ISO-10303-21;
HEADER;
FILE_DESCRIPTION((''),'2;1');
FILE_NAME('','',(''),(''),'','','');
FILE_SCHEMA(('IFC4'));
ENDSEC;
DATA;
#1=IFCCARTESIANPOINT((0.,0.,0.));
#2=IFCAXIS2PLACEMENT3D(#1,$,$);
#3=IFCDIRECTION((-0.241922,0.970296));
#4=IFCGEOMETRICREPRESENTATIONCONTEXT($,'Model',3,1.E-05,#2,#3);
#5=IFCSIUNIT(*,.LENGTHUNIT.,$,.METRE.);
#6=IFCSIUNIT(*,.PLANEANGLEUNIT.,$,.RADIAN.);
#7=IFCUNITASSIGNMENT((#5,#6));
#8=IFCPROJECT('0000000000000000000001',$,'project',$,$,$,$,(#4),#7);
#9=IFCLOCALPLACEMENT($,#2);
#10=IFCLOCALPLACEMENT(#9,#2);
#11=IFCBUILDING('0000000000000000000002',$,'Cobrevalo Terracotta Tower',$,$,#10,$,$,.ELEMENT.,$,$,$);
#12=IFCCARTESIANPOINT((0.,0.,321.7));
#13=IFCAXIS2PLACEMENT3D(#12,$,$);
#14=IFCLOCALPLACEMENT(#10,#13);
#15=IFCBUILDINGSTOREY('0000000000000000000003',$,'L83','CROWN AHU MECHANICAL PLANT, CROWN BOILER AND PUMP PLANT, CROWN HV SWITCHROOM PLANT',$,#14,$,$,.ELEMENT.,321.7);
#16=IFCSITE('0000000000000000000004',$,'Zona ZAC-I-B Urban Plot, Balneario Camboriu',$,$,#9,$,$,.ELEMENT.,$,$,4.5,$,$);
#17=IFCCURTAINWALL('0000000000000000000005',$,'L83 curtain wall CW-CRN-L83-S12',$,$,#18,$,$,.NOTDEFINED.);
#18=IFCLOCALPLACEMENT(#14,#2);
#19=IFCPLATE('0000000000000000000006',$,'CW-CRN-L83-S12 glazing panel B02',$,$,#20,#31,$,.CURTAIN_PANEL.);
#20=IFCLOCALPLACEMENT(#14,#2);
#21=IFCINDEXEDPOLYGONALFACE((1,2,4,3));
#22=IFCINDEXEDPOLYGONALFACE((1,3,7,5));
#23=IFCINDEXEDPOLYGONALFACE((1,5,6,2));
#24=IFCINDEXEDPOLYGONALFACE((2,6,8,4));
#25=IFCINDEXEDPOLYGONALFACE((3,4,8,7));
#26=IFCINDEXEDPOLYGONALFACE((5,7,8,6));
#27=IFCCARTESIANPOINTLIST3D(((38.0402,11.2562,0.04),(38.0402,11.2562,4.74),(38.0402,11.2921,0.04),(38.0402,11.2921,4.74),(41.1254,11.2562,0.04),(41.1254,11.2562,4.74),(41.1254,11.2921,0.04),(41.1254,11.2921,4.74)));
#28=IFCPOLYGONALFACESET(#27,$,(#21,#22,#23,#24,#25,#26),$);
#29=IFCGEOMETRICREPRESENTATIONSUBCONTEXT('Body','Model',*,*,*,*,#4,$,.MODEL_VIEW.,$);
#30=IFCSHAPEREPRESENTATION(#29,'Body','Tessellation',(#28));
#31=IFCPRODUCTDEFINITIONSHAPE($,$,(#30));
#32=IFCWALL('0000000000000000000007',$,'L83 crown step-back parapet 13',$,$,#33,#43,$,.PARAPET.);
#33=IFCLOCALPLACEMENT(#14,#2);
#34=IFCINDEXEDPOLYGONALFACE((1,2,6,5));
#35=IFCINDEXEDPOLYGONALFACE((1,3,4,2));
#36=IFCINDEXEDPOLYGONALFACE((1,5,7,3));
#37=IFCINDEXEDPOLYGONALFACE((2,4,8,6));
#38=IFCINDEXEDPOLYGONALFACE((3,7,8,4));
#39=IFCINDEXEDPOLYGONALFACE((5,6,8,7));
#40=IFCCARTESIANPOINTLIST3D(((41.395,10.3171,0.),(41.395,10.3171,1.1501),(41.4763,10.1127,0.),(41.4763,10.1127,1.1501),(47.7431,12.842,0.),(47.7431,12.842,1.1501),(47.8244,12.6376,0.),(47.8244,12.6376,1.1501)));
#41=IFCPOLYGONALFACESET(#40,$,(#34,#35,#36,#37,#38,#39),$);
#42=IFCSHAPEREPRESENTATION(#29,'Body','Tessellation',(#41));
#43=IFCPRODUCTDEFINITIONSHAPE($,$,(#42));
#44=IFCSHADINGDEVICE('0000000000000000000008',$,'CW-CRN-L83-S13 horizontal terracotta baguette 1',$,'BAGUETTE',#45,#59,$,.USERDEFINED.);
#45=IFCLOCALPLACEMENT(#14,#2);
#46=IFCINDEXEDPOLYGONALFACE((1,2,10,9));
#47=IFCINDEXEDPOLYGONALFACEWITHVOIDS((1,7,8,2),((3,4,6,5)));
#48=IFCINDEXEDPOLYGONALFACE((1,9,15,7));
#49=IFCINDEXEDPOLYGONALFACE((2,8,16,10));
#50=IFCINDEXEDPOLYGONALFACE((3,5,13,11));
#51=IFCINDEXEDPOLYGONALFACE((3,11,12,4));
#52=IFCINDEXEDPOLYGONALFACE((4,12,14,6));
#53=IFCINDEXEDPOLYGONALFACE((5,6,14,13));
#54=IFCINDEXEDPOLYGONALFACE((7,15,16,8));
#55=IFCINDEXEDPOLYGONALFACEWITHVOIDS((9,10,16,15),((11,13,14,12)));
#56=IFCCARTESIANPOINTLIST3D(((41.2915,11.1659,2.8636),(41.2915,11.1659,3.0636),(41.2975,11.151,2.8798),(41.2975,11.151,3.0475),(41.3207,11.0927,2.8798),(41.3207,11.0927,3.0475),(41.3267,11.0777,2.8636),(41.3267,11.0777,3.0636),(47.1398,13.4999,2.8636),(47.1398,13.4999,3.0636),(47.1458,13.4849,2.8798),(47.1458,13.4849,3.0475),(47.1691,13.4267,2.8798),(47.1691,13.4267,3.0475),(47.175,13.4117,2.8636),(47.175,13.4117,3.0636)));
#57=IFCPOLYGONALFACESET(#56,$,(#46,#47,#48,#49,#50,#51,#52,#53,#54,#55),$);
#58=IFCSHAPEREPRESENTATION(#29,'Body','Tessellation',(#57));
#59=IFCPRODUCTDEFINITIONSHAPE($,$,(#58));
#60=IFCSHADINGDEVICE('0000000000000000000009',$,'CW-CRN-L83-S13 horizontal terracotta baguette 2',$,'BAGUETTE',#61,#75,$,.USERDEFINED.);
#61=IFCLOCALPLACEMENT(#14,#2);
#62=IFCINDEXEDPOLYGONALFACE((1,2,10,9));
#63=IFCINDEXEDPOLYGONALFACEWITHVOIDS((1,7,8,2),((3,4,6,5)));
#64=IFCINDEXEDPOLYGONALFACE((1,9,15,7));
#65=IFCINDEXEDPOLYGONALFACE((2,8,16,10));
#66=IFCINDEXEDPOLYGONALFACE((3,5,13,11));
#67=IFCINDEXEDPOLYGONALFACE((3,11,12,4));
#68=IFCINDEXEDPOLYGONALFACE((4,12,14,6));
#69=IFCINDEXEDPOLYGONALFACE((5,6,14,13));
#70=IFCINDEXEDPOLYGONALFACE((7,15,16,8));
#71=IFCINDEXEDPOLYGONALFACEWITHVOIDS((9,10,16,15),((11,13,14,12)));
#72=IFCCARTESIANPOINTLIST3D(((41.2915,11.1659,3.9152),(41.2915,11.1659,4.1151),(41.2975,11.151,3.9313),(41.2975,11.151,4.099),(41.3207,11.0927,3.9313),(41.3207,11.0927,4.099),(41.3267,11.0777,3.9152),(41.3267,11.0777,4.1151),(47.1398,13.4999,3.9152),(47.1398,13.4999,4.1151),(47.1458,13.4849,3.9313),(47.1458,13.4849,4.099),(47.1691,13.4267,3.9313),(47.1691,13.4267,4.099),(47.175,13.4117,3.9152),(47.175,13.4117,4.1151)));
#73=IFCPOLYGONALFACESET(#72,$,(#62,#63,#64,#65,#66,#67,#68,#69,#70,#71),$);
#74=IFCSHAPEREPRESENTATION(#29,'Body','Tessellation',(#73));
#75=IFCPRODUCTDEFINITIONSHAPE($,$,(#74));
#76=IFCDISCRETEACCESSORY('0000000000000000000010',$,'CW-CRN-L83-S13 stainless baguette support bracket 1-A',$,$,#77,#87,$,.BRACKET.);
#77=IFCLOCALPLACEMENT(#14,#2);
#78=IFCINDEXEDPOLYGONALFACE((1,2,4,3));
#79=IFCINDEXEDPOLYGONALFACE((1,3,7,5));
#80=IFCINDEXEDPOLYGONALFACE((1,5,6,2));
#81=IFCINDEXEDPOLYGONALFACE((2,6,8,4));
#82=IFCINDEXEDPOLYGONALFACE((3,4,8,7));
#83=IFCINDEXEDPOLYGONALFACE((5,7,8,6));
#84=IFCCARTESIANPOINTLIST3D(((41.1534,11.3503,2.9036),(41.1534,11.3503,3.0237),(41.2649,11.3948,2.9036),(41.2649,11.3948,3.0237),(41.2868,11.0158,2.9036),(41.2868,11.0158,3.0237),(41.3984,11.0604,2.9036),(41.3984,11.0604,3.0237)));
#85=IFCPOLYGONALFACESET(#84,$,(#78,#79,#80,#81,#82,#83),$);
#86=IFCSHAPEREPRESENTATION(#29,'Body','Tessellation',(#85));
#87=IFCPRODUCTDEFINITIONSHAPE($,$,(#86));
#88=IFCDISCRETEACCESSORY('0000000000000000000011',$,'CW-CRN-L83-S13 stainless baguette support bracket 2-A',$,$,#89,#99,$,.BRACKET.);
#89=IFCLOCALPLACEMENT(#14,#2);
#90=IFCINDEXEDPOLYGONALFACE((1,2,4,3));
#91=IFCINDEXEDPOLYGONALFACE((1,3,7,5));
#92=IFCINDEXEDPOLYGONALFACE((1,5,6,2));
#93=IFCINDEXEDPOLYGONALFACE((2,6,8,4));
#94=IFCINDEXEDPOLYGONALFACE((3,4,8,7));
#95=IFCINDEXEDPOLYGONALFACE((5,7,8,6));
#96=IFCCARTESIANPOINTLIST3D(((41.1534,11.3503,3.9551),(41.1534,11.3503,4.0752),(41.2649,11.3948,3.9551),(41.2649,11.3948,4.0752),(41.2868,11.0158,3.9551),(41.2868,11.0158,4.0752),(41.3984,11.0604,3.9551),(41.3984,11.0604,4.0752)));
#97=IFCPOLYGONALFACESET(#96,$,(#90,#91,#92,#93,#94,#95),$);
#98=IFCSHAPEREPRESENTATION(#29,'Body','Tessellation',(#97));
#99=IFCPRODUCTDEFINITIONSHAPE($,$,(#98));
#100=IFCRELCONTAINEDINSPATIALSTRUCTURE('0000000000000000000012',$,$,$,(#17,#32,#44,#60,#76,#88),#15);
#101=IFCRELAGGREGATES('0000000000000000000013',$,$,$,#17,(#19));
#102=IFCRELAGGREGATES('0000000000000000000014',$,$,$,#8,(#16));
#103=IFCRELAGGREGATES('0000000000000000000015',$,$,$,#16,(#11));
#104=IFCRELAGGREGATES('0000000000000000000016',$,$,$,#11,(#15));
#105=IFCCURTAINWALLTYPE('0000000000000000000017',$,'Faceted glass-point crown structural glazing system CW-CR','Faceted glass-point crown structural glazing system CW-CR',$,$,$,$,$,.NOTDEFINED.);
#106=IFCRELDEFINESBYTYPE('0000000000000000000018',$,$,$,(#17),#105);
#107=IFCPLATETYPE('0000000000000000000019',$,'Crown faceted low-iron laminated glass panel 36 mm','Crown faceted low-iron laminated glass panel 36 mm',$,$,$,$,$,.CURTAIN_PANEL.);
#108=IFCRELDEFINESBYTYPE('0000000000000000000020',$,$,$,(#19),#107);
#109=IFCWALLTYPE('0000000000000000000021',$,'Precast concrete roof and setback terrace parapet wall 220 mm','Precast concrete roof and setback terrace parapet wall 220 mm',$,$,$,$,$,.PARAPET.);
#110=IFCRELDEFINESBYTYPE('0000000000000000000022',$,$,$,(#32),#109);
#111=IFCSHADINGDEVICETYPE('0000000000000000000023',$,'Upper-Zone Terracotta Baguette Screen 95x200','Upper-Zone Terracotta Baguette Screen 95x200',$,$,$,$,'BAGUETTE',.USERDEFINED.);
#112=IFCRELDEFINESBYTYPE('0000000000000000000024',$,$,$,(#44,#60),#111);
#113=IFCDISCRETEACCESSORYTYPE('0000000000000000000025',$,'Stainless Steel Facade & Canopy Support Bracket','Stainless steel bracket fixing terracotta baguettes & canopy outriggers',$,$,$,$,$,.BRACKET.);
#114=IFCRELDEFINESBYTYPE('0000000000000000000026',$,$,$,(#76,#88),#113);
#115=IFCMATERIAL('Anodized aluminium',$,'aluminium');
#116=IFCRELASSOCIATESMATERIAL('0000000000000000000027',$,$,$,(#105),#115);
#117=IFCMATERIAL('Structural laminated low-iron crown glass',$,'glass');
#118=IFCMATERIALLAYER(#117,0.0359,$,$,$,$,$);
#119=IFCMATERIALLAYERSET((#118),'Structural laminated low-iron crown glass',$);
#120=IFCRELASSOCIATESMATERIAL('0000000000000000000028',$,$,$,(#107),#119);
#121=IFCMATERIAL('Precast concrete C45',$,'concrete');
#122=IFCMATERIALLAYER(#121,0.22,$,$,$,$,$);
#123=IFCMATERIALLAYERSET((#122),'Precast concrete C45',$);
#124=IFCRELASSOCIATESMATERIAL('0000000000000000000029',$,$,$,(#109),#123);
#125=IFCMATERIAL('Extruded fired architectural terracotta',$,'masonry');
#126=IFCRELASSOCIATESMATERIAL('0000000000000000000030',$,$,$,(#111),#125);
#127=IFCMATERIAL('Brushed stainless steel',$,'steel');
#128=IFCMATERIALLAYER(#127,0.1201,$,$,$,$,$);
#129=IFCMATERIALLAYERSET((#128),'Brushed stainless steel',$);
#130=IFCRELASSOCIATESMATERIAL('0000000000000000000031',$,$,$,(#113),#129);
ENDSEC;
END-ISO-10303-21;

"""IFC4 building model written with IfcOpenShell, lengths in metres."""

from ifc_helpers import new_model, si_unit, direction, frame, frame_2d, origin, origin_2d, place, context, subcontext, project, spatial, rectangle, hollow_rectangle, extrude, source, transform, mapped, material, layer, layer_set, material_profile, profile_set, type_object, element, aggregate, save


model = new_model("IFC4")

# Units and contexts
model_context = context("Model", 3, precision=1e-05, world=origin(), true_north=direction((-0.241922, 0.970296)))
body_context = subcontext(model_context, "Body", "Model", "MODEL_VIEW")
ifc_project = project(units=[si_unit("LENGTHUNIT", "METRE"), si_unit("PLANEANGLEUNIT", "RADIAN")], contexts=[model_context])

# Site, building, storey
site_placement = place(None, origin())
site = spatial("IfcSite", under=ifc_project, at=site_placement, Name="Zona ZAC-I-B Urban Plot, Balneario Camboriu", CompositionType="ELEMENT", RefElevation=4.5)
building_placement = place(site_placement, origin())
building = spatial("IfcBuilding", under=site, at=building_placement, Name="Cobrevalo Terracotta Tower", CompositionType="ELEMENT")
storey_placement = place(building_placement, frame((0.0, 0.0, 321.7)))
storey = spatial("IfcBuildingStorey", under=building, at=storey_placement, Name="L83", Description="CROWN AHU MECHANICAL PLANT, CROWN BOILER AND PUMP PLANT, CROWN HV SWITCHROOM PLANT", CompositionType="ELEMENT", Elevation=321.7)

# Curtain wall
ifc_material_1 = material(Name="Anodized aluminium", Category="aluminium")
curtain_wall_type = type_object("IfcCurtainWallType", Name="Faceted glass-point crown structural glazing system CW-CR", Description="Faceted glass-point crown structural glazing system CW-CR", PredefinedType="NOTDEFINED", material=ifc_material_1)
curtain_wall_1_placement = place(storey_placement, origin())
curtain_wall_1 = element("IfcCurtainWall", 1, at=curtain_wall_1_placement, inside=storey, type_object=curtain_wall_type, Name="L83 curtain wall CW-CRN-L83-S12", PredefinedType="NOTDEFINED")

# Plate
ifc_material_2 = material(Name="Structural laminated low-iron crown glass", Category="glass")
ifc_layer_1 = layer(ifc_material_2, 0.0359)
ifc_layer_set_1 = layer_set([ifc_layer_1], Name="Structural laminated low-iron crown glass")
plate_type = type_object("IfcPlateType", Name="Crown faceted low-iron laminated glass panel 36 mm", Description="Crown faceted low-iron laminated glass panel 36 mm", PredefinedType="CURTAIN_PANEL", material=ifc_layer_set_1)
shared_shape_1 = source(origin(), body_context, "Body", "SweptSolid", [
    extrude(rectangle(XDim=3.0852, YDim=0.0359, at=origin_2d()), origin(), (0.0, 0.0, 1.0), 4.7),
])
plate_1_placement = place(storey_placement, frame((39.5828, 11.2742, 0.04), z_axis=(0.0, 0.0, 1.0), x_axis=(1.0, 0.0, 0.0)))
plate_1 = element("IfcPlate", 2, at=plate_1_placement, type_object=plate_type, Name="CW-CRN-L83-S12 glazing panel B02", PredefinedType="CURTAIN_PANEL", context=body_context, shape_type="MappedRepresentation", body=[
    mapped(shared_shape_1, transform((0.0, 0.0, 0.0), scale=1.0)),
])
aggregate(curtain_wall_1, [plate_1])

# Wall
ifc_material_3 = material(Name="Precast concrete C45", Category="concrete")
ifc_layer_2 = layer(ifc_material_3, 0.22)
ifc_layer_set_2 = layer_set([ifc_layer_2], Name="Precast concrete C45")
wall_type = type_object("IfcWallType", Name="Precast concrete roof and setback terrace parapet wall 220 mm", Description="Precast concrete roof and setback terrace parapet wall 220 mm", PredefinedType="PARAPET", material=ifc_layer_set_2)
wall_placement = place(storey_placement, frame((41.4355, 10.2148, 0.0), z_axis=(0.0, 0.0, 1.0), x_axis=(0.929199, 0.369579, 0.0)))
element("IfcWall", 3, at=wall_placement, inside=storey, type_object=wall_type, Name="L83 crown step-back parapet 13", PredefinedType="PARAPET", context=body_context, shape_type="SweptSolid", body=[
    extrude(rectangle(XDim=6.8318, YDim=0.22, at=frame_2d((3.416, 0.0))), origin(), (0.0, 0.0, 1.0), 1.1501),
])

# Shading devices
ifc_material_4 = material(Name="Extruded fired architectural terracotta", Category="masonry")
ifc_material_profile_1 = material_profile(ifc_material_4, hollow_rectangle(XDim=0.095, YDim=0.2, WallThickness=0.0161, at=origin_2d()), Name="BAGUETTE 95x200")
ifc_profile_set_1 = profile_set([ifc_material_profile_1], Name="Extruded fired architectural terracotta")
shading_device_type = type_object("IfcShadingDeviceType", Name="Upper-Zone Terracotta Baguette Screen 95x200", Description="Upper-Zone Terracotta Baguette Screen 95x200", ElementType="BAGUETTE", PredefinedType="USERDEFINED", material=ifc_profile_set_1)
shared_shape_2 = source(origin(), body_context, "Body", "SweptSolid", [
    extrude(hollow_rectangle(XDim=0.095, YDim=0.2, WallThickness=0.0161, at=origin_2d()), origin(), (0.0, 0.0, 1.0), 6.2969),
])
for number, where, z_axis, x_axis, name in (
    (4, (41.3091, 11.1218, 2.9636), (0.928771, 0.370655, 0.0), (-0.370655, 0.928771, 0.0), "CW-CRN-L83-S13 horizontal terracotta baguette 1"),
    (5, (41.3091, 11.1218, 4.0151), (0.928771, 0.370655, 0.0), (-0.370655, 0.928771, 0.0), "CW-CRN-L83-S13 horizontal terracotta baguette 2"),
):
    element("IfcShadingDevice", number, at=place(storey_placement, frame(where, z_axis=z_axis, x_axis=x_axis)), inside=storey, type_object=shading_device_type, Name=name, ObjectType="BAGUETTE", PredefinedType="USERDEFINED", context=body_context, shape_type="MappedRepresentation", body=[
        mapped(shared_shape_2, transform((0.0, 0.0, 0.0), scale=1.0)),
    ])

# Discrete accessories
ifc_material_5 = material(Name="Brushed stainless steel", Category="steel")
ifc_layer_3 = layer(ifc_material_5, 0.1201)
ifc_layer_set_3 = layer_set([ifc_layer_3], Name="Brushed stainless steel")
discrete_accessory_type = type_object("IfcDiscreteAccessoryType", Name="Stainless Steel Facade & Canopy Support Bracket", Description="Stainless steel bracket fixing terracotta baguettes & canopy outriggers", PredefinedType="BRACKET", material=ifc_layer_set_3)
shared_shape_3 = source(origin(), body_context, "Body", "SweptSolid", [
    extrude(rectangle(XDim=0.1201, YDim=0.3601, at=origin_2d()), origin(), (0.0, 0.0, 1.0), 0.1201),
])
for number, where, z_axis, x_axis, name in (
    (6, (41.2759, 11.2053, 2.9036), (0.0, 0.0, 1.0), (0.928769, 0.37066, 0.0), "CW-CRN-L83-S13 stainless baguette support bracket 1-A"),
    (7, (41.2759, 11.2053, 3.9551), (0.0, 0.0, 1.0), (0.928769, 0.37066, 0.0), "CW-CRN-L83-S13 stainless baguette support bracket 2-A"),
):
    element("IfcDiscreteAccessory", number, at=place(storey_placement, frame(where, z_axis=z_axis, x_axis=x_axis)), inside=storey, type_object=discrete_accessory_type, Name=name, PredefinedType="BRACKET", context=body_context, shape_type="MappedRepresentation", body=[
        mapped(shared_shape_3, transform((0.0, 0.0, 0.0), scale=1.0)),
    ])

save(model, "model.ifc")
